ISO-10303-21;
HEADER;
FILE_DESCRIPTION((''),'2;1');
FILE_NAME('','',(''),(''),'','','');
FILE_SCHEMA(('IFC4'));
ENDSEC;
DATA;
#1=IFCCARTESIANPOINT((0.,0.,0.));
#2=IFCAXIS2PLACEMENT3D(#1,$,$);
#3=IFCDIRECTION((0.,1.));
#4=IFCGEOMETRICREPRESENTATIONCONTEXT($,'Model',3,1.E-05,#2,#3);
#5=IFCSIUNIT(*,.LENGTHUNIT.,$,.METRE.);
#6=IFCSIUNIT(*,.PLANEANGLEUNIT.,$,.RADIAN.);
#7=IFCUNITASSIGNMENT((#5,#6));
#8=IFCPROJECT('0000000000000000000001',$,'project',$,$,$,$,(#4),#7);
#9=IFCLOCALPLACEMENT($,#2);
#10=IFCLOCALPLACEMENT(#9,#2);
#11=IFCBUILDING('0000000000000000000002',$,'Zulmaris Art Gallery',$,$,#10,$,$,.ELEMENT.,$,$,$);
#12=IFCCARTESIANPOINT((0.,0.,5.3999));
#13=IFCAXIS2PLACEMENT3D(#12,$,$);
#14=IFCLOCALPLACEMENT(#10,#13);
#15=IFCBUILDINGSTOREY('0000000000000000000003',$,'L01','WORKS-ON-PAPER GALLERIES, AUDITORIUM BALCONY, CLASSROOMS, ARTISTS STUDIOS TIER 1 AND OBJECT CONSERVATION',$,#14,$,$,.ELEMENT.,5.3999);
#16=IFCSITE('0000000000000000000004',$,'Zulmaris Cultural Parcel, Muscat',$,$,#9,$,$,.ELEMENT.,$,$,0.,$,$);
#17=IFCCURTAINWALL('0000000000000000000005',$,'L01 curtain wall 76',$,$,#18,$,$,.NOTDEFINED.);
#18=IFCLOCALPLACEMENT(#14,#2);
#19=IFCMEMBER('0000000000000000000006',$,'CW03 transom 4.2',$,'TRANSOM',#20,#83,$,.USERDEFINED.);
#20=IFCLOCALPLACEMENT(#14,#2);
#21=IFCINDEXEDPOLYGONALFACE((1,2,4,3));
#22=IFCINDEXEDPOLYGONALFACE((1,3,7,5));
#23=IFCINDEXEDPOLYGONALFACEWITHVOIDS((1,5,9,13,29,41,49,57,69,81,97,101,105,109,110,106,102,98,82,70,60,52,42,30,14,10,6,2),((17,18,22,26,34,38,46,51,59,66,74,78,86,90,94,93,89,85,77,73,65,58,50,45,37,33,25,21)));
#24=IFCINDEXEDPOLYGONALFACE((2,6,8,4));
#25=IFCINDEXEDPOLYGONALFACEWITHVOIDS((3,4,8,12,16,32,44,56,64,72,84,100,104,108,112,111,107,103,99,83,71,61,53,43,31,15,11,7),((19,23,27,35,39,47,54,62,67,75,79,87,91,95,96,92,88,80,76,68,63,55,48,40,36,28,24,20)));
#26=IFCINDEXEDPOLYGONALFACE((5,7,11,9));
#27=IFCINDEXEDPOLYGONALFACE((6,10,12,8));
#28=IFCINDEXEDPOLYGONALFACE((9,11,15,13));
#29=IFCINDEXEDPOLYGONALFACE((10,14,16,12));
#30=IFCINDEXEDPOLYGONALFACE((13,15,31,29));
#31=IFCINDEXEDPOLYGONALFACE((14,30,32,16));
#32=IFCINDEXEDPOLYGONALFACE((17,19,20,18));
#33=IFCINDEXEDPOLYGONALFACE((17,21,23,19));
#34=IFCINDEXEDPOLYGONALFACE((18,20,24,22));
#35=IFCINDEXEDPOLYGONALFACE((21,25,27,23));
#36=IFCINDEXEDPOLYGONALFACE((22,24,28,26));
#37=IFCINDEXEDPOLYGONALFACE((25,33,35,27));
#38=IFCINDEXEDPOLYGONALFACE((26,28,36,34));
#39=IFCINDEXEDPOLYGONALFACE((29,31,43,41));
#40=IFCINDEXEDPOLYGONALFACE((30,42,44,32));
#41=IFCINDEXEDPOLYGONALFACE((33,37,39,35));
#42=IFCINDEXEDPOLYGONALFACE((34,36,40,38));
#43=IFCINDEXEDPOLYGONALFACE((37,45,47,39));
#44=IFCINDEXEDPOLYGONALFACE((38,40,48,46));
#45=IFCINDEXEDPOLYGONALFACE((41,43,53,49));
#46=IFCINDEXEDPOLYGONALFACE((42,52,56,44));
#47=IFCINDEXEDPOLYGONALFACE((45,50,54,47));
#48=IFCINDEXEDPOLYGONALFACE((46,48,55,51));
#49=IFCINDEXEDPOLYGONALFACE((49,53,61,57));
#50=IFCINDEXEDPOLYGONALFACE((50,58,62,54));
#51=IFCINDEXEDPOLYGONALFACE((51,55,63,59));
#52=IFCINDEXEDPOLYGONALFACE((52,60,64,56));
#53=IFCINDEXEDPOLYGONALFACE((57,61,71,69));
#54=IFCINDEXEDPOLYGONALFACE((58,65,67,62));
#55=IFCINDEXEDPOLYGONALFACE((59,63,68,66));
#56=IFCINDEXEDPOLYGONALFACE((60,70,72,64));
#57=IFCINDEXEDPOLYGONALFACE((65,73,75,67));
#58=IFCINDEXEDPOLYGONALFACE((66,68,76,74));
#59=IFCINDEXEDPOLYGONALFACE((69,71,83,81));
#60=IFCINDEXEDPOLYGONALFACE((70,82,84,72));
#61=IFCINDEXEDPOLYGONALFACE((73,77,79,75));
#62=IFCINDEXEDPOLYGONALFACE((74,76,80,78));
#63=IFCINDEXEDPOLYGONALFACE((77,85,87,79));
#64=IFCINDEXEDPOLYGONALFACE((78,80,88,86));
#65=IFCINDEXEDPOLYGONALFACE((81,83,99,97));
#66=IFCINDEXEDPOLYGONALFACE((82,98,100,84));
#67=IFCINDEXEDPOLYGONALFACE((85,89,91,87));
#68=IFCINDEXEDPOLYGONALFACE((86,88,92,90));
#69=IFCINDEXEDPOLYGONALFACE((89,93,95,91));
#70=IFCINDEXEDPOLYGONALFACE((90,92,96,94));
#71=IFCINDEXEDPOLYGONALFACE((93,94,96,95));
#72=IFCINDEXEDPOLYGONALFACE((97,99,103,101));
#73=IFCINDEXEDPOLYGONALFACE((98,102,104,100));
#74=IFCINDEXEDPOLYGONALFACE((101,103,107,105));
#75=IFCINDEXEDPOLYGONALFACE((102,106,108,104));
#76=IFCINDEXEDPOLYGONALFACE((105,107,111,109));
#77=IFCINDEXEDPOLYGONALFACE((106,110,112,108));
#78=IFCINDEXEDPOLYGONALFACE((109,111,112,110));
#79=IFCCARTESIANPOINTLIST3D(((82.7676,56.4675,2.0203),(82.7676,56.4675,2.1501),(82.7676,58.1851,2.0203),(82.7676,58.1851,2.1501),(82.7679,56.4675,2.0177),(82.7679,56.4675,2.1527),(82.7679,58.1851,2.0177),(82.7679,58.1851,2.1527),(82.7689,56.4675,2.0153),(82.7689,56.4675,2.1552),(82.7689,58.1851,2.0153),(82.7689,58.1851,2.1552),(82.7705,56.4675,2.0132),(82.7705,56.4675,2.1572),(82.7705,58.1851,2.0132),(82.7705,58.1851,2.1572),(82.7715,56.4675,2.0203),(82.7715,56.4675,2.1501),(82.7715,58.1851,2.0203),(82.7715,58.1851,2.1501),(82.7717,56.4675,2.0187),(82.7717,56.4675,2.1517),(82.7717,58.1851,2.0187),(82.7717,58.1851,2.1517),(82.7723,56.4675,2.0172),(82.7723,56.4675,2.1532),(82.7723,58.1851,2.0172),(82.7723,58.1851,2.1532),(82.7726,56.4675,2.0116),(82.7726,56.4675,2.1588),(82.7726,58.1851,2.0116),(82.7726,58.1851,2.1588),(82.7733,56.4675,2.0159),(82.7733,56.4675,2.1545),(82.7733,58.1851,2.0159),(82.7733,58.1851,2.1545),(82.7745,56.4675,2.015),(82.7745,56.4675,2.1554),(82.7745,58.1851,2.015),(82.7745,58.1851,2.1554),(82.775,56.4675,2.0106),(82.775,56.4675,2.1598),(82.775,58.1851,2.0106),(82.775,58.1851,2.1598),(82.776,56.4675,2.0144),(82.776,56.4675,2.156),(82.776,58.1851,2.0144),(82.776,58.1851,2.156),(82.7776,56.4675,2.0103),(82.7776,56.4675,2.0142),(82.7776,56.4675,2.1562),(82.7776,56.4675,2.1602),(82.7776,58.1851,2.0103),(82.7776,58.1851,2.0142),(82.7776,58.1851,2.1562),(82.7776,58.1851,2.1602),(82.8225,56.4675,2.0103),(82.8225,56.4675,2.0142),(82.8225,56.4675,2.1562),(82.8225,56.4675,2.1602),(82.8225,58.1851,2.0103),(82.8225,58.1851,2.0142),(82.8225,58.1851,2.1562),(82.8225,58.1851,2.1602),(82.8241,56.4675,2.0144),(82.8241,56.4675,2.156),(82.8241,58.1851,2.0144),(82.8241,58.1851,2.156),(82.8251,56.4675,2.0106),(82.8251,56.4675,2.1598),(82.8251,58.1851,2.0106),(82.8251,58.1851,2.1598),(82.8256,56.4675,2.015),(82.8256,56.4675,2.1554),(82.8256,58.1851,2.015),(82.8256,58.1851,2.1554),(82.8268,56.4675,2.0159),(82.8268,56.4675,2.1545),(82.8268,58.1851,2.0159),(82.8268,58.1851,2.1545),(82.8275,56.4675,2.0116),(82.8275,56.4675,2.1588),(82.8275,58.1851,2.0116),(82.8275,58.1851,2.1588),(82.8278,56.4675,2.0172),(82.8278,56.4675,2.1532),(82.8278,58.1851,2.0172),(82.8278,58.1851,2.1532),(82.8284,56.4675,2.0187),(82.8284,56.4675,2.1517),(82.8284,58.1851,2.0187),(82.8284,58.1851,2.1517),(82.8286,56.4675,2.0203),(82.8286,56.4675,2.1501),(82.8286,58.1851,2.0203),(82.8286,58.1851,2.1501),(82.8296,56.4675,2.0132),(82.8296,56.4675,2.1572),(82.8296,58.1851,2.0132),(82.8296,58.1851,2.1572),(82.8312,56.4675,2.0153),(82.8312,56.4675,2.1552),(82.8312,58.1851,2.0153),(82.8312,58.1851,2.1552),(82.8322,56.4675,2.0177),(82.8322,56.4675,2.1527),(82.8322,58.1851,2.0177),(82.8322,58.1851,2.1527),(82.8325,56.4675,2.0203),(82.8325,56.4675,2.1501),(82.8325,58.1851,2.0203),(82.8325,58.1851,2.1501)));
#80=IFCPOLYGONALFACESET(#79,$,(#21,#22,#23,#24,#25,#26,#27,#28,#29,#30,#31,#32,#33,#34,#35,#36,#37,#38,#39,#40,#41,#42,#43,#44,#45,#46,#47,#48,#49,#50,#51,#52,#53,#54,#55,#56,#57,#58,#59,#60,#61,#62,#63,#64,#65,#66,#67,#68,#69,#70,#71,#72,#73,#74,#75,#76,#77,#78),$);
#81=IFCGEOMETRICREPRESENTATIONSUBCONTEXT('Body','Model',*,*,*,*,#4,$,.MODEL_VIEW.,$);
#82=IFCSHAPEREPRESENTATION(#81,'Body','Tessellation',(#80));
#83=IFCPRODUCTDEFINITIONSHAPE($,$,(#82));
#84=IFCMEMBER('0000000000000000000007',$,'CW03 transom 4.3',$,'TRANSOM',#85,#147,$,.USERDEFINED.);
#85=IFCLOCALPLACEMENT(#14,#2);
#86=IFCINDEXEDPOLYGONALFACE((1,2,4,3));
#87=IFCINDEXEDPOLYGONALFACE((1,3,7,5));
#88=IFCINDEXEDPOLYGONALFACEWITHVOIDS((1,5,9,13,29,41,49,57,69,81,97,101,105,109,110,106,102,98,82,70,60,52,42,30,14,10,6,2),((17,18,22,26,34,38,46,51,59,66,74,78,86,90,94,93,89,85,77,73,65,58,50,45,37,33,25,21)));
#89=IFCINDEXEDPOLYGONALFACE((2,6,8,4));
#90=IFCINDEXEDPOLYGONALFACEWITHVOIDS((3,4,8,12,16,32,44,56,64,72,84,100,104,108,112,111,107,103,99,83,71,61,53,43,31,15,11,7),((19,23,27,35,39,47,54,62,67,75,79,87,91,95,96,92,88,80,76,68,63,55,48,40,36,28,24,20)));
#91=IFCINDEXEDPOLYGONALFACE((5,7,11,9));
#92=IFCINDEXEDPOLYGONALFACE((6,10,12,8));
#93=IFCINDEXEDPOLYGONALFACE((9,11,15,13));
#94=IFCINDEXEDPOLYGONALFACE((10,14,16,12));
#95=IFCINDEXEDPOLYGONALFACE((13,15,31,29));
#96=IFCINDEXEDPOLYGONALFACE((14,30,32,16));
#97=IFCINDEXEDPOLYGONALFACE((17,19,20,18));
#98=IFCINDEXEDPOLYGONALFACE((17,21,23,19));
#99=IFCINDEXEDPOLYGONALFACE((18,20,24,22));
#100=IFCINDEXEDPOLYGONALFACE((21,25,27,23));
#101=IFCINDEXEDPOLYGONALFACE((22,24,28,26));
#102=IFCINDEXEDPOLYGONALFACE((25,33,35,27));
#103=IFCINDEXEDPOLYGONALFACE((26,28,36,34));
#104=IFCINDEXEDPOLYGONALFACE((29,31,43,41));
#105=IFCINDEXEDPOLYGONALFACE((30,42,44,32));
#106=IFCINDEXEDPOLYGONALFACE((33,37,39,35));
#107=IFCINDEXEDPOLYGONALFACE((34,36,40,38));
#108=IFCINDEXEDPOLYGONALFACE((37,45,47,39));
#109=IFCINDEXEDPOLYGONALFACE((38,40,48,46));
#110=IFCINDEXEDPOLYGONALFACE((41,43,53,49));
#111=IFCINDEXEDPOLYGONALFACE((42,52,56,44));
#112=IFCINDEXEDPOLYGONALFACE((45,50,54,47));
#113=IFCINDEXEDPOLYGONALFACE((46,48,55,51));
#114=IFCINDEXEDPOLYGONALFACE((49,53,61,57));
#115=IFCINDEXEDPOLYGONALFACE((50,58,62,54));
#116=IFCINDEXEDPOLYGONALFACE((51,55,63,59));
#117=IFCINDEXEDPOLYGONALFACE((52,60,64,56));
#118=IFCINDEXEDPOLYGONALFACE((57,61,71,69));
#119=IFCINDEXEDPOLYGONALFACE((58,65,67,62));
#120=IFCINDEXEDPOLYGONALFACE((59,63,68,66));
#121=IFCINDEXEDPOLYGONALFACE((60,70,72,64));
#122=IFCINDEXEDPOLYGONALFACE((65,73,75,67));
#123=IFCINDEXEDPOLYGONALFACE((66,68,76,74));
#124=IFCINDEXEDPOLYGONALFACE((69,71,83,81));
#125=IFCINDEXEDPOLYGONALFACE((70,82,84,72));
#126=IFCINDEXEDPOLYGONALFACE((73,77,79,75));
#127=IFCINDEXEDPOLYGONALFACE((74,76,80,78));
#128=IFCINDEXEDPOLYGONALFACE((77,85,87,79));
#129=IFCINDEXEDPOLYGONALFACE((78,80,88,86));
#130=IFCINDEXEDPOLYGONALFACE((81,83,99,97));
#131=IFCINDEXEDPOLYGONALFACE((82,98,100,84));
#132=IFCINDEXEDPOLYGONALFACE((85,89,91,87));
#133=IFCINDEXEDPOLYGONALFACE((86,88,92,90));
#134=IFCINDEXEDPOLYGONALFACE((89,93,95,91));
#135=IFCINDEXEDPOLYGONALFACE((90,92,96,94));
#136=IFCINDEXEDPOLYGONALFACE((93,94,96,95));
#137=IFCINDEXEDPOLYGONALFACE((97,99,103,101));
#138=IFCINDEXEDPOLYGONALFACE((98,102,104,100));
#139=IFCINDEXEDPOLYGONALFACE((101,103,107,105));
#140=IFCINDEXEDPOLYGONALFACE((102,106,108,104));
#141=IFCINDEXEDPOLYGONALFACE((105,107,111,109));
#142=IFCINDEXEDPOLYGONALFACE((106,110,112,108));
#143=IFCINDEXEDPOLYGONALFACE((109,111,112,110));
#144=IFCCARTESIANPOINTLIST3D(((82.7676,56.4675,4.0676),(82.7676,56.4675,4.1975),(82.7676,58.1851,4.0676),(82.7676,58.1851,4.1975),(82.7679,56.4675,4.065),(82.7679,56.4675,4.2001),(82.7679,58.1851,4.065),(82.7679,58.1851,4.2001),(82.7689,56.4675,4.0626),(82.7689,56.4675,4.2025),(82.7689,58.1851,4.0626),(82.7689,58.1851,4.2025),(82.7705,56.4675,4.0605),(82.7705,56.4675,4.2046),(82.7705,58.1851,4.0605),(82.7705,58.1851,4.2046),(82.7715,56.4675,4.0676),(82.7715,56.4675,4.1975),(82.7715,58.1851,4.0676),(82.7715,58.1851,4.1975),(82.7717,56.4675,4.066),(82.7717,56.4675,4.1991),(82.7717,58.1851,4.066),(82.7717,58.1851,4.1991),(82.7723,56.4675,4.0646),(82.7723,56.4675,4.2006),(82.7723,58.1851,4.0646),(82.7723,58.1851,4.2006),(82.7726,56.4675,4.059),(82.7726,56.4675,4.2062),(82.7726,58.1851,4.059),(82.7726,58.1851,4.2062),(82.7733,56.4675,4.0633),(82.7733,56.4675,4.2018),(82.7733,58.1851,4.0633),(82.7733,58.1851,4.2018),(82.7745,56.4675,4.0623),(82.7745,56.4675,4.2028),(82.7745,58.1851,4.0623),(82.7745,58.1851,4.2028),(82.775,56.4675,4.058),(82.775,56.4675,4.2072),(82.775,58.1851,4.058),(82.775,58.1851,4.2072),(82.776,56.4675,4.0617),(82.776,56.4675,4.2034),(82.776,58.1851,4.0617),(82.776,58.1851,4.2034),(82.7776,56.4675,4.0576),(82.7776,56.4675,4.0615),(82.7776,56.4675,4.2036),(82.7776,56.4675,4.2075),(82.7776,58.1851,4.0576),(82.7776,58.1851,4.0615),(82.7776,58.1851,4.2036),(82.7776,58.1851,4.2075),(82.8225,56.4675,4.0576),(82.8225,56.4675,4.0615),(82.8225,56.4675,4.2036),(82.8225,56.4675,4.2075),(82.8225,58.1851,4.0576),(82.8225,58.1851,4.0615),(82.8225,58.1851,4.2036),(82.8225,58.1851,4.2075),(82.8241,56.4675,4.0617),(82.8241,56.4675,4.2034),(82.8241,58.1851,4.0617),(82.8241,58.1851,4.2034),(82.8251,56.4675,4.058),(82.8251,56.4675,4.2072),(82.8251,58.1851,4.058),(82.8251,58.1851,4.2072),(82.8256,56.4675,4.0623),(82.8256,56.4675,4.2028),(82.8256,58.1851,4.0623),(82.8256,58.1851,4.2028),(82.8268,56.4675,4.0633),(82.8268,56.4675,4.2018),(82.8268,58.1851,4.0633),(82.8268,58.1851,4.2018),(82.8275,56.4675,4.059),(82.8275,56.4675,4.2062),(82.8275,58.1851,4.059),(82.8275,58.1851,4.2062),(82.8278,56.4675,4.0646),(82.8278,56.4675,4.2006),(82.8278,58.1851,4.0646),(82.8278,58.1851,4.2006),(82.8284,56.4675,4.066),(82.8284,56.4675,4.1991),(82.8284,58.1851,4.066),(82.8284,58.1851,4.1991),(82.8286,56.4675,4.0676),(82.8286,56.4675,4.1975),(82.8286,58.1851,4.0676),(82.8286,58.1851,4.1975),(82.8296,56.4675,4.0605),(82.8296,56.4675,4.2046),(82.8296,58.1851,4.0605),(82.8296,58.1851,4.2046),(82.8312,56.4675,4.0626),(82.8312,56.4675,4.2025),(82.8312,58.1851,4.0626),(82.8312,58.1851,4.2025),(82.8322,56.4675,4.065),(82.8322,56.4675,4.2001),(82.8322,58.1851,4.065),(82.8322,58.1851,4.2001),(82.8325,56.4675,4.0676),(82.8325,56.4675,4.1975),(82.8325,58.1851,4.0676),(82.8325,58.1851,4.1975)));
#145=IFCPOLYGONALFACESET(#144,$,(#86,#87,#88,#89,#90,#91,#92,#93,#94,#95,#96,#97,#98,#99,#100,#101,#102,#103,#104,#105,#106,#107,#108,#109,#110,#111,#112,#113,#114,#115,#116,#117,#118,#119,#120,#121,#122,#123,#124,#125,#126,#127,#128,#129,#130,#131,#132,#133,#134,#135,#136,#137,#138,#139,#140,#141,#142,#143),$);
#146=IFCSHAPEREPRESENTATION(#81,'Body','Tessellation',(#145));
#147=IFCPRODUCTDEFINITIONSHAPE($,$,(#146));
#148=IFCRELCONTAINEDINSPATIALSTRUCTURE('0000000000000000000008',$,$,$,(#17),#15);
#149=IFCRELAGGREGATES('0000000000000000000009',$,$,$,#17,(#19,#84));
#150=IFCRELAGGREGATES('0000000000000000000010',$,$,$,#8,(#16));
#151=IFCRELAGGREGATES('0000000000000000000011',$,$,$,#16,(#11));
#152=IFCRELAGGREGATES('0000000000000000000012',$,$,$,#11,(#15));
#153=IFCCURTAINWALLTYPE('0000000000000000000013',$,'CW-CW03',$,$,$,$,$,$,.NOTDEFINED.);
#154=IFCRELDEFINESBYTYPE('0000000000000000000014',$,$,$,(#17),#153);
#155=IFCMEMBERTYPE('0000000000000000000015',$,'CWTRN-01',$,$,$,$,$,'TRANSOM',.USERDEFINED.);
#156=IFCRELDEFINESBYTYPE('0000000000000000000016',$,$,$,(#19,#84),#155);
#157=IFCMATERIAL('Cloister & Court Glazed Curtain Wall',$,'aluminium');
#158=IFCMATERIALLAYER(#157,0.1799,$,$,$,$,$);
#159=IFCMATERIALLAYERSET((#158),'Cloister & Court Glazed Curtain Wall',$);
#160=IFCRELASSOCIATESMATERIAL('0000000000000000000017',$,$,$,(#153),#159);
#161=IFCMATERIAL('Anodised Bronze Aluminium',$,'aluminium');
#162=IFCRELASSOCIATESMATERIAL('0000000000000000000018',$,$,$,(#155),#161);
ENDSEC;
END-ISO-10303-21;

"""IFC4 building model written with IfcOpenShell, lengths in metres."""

from ifc_helpers import new_model, si_unit, direction, frame, origin, origin_2d, place, context, subcontext, project, spatial, hollow_rectangle, extrude, material, layer, layer_set, material_profile, profile_set, type_object, element, aggregate, save


model = new_model("IFC4")

# Units and contexts
model_context = context("Model", 3, precision=1e-05, world=origin(), true_north=direction((0.0, 1.0)))
body_context = subcontext(model_context, "Body", "Model", "MODEL_VIEW")
ifc_project = project(units=[si_unit("LENGTHUNIT", "METRE"), si_unit("PLANEANGLEUNIT", "RADIAN")], contexts=[model_context])

# Site, building, storey
site_placement = place(None, origin())
site = spatial("IfcSite", under=ifc_project, at=site_placement, Name="Zulmaris Cultural Parcel, Muscat", CompositionType="ELEMENT", RefElevation=0.0)
building_placement = place(site_placement, origin())
building = spatial("IfcBuilding", under=site, at=building_placement, Name="Zulmaris Art Gallery", CompositionType="ELEMENT")
storey_placement = place(building_placement, frame((0.0, 0.0, 5.3999)))
storey = spatial("IfcBuildingStorey", under=building, at=storey_placement, Name="L01", Description="WORKS-ON-PAPER GALLERIES, AUDITORIUM BALCONY, CLASSROOMS, ARTISTS STUDIOS TIER 1 AND OBJECT CONSERVATION", CompositionType="ELEMENT", Elevation=5.3999)

# Curtain wall
ifc_material_1 = material(Name="Cloister & Court Glazed Curtain Wall", Category="aluminium")
ifc_layer_1 = layer(ifc_material_1, 0.1799)
ifc_layer_set_1 = layer_set([ifc_layer_1], Name="Cloister & Court Glazed Curtain Wall")
curtain_wall_type = type_object("IfcCurtainWallType", Name="CW-CW03", PredefinedType="NOTDEFINED", material=ifc_layer_set_1)
curtain_wall_1_placement = place(storey_placement, origin())
curtain_wall_1 = element("IfcCurtainWall", 1, at=curtain_wall_1_placement, inside=storey, type_object=curtain_wall_type, Name="L01 curtain wall 76", PredefinedType="NOTDEFINED")
ifc_material_2 = material(Name="Anodised Bronze Aluminium", Category="aluminium")

# Members
ifc_material_profile_1 = material_profile(ifc_material_2, hollow_rectangle(XDim=0.0649, YDim=0.1499, WallThickness=0.0039, InnerFilletRadius=0.0061, OuterFilletRadius=0.01, at=origin_2d()), Name="ALU 65x150x4")
ifc_profile_set_1 = profile_set([ifc_material_profile_1], Name="Anodised Bronze Aluminium")
member_type_1 = type_object("IfcMemberType", Name="CWTRN-01", ElementType="TRANSOM", PredefinedType="USERDEFINED", material=ifc_profile_set_1)
member_1_placement = place(storey_placement, frame((82.8, 56.4675, 2.0852), z_axis=(0.0, 1.0, 0.0), x_axis=(-1.0, 0.0, 0.0)))
member_1 = element("IfcMember", 2, at=member_1_placement, type_object=member_type_1, Name="CW03 transom 4.2", ObjectType="TRANSOM", PredefinedType="USERDEFINED", context=body_context, shape_type="SweptSolid", body=[
    extrude(hollow_rectangle(XDim=0.0649, YDim=0.1499, WallThickness=0.0039, InnerFilletRadius=0.0061, OuterFilletRadius=0.01, at=origin_2d()), origin(), (0.0, 0.0, 1.0), 1.7175),
])
member_2_placement = place(storey_placement, frame((82.8, 56.4675, 4.1326), z_axis=(0.0, 1.0, 0.0), x_axis=(-1.0, 0.0, 0.0)))
member_2 = element("IfcMember", 3, at=member_2_placement, type_object=member_type_1, Name="CW03 transom 4.3", ObjectType="TRANSOM", PredefinedType="USERDEFINED", context=body_context, shape_type="SweptSolid", body=[
    extrude(hollow_rectangle(XDim=0.0649, YDim=0.1499, WallThickness=0.0039, InnerFilletRadius=0.0061, OuterFilletRadius=0.01, at=origin_2d()), origin(), (0.0, 0.0, 1.0), 1.7175),
])

aggregate(curtain_wall_1, [member_1, member_2])

save(model, "model.ifc")
